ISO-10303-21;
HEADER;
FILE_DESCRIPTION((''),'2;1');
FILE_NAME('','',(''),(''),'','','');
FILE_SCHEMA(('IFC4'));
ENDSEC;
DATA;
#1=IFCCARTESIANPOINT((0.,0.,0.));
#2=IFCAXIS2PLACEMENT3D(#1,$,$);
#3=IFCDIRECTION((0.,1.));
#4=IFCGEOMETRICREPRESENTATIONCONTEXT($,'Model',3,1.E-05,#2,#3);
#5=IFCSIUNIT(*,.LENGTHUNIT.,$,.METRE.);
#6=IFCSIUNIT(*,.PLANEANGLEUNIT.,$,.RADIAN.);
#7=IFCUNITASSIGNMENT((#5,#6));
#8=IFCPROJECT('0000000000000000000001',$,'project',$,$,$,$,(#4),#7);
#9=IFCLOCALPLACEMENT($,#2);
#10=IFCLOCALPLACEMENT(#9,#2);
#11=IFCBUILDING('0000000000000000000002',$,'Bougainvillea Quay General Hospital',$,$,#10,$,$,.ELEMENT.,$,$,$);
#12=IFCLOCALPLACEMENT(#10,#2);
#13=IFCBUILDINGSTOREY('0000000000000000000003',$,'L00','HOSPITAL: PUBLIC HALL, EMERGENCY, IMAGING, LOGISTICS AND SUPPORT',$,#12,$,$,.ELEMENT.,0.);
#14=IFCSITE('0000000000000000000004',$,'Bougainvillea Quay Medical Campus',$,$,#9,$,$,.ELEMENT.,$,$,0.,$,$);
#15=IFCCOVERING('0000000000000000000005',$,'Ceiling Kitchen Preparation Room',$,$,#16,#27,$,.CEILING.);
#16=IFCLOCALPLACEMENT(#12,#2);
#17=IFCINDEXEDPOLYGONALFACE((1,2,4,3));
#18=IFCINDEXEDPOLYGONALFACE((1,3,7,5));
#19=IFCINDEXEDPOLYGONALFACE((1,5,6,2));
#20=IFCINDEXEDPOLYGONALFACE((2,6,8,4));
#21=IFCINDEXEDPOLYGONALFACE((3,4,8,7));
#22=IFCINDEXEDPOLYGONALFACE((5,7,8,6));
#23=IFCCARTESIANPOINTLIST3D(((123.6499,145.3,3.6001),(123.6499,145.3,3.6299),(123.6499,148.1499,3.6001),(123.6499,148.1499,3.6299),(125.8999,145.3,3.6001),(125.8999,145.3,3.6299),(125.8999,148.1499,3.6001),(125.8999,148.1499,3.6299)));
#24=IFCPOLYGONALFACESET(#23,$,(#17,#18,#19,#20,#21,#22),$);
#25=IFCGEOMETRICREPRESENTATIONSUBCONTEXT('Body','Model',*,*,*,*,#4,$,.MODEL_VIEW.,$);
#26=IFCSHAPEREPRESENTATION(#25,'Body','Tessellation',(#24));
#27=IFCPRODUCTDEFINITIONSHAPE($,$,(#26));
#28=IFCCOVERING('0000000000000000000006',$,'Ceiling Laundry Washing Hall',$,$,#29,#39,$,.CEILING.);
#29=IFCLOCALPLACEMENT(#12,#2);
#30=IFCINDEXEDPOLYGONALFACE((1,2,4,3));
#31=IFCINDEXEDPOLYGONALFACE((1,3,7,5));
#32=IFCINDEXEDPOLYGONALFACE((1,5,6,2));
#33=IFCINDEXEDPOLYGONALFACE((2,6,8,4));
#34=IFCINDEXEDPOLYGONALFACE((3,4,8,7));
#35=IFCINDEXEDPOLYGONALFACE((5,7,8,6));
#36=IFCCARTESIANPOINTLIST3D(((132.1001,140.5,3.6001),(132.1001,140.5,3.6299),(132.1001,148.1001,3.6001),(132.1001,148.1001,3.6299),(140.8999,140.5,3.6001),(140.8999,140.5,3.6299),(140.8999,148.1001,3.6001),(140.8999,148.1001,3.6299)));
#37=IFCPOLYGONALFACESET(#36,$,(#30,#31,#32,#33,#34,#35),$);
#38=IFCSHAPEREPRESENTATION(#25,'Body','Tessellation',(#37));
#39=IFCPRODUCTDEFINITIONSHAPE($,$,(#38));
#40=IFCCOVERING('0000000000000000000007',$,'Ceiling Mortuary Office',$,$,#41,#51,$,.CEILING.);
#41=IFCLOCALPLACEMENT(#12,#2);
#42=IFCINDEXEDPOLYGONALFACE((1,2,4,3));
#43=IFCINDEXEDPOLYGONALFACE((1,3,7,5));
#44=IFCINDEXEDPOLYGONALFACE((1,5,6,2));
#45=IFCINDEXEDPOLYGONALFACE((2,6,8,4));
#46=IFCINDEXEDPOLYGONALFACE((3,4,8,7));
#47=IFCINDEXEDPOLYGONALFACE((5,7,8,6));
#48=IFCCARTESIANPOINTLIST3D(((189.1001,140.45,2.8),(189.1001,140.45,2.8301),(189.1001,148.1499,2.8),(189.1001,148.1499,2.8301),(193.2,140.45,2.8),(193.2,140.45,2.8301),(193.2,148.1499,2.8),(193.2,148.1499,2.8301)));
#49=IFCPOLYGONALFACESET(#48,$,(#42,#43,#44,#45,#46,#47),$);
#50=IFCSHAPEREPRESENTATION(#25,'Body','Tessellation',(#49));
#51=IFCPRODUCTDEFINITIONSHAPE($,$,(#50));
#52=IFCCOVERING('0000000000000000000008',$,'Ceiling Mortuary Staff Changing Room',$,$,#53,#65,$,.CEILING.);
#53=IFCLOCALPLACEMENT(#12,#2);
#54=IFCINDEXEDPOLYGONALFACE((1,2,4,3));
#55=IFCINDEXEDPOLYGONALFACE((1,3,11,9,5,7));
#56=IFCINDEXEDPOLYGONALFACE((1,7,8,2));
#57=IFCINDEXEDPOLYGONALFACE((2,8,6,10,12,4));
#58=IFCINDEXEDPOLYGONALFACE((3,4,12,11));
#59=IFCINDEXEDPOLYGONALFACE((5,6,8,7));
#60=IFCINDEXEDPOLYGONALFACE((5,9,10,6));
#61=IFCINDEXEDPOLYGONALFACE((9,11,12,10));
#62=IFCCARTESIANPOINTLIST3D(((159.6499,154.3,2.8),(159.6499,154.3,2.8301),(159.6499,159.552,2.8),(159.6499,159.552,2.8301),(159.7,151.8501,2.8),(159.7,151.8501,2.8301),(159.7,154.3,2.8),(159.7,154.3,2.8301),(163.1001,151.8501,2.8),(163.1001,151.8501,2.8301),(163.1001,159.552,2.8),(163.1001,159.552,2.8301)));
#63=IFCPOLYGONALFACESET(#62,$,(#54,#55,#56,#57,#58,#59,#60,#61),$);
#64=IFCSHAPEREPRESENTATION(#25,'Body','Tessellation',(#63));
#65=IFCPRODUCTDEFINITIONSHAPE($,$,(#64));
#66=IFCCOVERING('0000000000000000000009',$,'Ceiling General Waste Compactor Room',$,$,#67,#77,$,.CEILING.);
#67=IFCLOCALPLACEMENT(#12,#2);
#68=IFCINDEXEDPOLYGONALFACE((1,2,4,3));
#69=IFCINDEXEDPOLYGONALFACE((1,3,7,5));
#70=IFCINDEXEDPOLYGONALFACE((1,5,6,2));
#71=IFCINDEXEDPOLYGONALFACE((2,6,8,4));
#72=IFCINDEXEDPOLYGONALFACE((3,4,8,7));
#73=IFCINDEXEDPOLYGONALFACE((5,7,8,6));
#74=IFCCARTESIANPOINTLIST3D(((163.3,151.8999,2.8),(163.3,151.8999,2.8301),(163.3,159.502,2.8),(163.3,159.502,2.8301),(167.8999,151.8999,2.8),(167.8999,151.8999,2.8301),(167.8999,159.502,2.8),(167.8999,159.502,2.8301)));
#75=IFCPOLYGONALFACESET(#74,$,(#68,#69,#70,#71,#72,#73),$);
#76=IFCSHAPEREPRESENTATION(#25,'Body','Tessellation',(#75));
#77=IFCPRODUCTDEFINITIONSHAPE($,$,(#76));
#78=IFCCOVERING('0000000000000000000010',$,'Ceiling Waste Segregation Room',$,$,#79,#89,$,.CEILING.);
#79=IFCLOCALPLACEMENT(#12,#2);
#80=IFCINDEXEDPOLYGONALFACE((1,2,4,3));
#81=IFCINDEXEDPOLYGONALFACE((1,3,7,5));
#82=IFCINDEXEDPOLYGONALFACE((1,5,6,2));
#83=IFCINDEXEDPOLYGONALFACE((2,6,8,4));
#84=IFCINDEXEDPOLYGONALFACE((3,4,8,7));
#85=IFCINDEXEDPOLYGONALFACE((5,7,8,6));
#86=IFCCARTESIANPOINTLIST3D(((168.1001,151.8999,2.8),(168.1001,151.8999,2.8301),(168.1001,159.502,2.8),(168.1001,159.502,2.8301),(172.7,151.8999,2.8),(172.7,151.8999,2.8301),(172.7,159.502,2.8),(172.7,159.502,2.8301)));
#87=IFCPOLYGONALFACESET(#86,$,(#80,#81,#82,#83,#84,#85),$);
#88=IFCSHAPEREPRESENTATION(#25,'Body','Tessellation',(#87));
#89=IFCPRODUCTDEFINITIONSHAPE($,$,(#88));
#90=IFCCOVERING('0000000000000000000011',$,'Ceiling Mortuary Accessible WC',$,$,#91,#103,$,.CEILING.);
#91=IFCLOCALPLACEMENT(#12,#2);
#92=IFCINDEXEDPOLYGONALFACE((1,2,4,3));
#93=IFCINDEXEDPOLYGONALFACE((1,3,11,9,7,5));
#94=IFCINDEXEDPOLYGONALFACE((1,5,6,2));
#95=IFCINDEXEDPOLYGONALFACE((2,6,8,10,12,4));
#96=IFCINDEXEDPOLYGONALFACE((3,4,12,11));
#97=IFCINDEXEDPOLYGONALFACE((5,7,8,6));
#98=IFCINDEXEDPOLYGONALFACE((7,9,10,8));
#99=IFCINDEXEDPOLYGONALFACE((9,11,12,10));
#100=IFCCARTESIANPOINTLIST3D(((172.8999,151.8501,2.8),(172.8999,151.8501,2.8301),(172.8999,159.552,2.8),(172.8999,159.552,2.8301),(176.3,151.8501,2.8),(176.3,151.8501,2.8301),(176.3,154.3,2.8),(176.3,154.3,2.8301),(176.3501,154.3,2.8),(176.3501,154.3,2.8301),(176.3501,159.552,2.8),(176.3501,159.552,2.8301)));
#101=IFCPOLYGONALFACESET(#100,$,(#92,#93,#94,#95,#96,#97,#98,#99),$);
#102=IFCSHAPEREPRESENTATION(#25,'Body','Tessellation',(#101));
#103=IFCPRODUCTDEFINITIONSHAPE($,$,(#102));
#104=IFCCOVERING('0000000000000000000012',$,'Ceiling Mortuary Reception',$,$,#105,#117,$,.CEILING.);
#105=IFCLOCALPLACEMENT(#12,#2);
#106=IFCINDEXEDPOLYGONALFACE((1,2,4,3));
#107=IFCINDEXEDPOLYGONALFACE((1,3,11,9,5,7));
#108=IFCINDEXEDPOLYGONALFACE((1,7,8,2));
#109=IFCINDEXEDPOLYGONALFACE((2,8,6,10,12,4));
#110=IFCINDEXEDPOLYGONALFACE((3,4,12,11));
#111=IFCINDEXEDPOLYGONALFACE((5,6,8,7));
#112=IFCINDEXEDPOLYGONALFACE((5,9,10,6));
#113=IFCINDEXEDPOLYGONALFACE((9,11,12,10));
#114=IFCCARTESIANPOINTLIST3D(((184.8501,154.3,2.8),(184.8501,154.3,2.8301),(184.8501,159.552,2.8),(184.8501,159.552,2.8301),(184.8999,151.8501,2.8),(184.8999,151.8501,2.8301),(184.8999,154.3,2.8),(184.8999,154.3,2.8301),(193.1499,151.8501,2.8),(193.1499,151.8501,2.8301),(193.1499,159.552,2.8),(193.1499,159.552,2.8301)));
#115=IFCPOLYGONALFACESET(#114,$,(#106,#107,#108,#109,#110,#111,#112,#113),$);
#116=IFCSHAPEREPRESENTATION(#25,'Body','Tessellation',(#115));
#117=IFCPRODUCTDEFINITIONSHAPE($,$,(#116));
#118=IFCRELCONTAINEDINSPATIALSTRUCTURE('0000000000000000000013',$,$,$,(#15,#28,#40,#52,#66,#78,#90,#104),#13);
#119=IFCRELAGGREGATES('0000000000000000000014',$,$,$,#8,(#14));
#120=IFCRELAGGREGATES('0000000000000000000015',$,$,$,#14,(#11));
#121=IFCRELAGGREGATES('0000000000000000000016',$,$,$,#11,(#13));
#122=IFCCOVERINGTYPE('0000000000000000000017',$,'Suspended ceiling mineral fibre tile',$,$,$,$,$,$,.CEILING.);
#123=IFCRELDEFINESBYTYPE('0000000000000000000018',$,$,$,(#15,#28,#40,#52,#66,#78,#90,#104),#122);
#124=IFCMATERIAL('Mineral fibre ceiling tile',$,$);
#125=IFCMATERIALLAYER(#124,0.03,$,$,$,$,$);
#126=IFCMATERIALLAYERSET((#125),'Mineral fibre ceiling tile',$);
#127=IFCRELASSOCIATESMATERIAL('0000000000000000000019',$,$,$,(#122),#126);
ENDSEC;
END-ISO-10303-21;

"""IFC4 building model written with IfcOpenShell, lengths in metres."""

from ifc_helpers import new_model, si_unit, direction, frame, origin, place, context, subcontext, project, spatial, polyline, outline, extrude, material, layer, layer_set, type_object, element, save


model = new_model("IFC4")

# Units and contexts
model_context = context("Model", 3, precision=1e-05, world=origin(), true_north=direction((0.0, 1.0)))
body_context = subcontext(model_context, "Body", "Model", "MODEL_VIEW")
ifc_project = project(units=[si_unit("LENGTHUNIT", "METRE"), si_unit("PLANEANGLEUNIT", "RADIAN")], contexts=[model_context])

# Site, building, storey
site_placement = place(None, origin())
site = spatial("IfcSite", under=ifc_project, at=site_placement, Name="Bougainvillea Quay Medical Campus", CompositionType="ELEMENT", RefElevation=0.0)
building_placement = place(site_placement, origin())
building = spatial("IfcBuilding", under=site, at=building_placement, Name="Bougainvillea Quay General Hospital", CompositionType="ELEMENT")
storey_placement = place(building_placement, origin())
storey = spatial("IfcBuildingStorey", under=building, at=storey_placement, Name="L00", Description="HOSPITAL: PUBLIC HALL, EMERGENCY, IMAGING, LOGISTICS AND SUPPORT", CompositionType="ELEMENT", Elevation=0.0)

# Coverings
ifc_material = material(Name="Mineral fibre ceiling tile")
ifc_layer = layer(ifc_material, 0.03)
ifc_layer_set = layer_set([ifc_layer], Name="Mineral fibre ceiling tile")
covering_type = type_object("IfcCoveringType", Name="Suspended ceiling mineral fibre tile", PredefinedType="CEILING", material=ifc_layer_set)
covering_1_placement = place(storey_placement, frame((0.0, 0.0, 3.6001)))
element("IfcCovering", 1, at=covering_1_placement, inside=storey, type_object=covering_type, Name="Ceiling Kitchen Preparation Room", PredefinedType="CEILING", context=body_context, shape_type="SweptSolid", body=[
    extrude(outline(polyline([(123.6499, 148.1499), (123.6499, 145.3), (125.8999, 145.3), (125.8999, 148.1499), (123.6499, 148.1499)])), origin(), (0.0, 0.0, 1.0), 0.0298),
])
covering_2_placement = place(storey_placement, frame((0.0, 0.0, 3.6001)))
element("IfcCovering", 2, at=covering_2_placement, inside=storey, type_object=covering_type, Name="Ceiling Laundry Washing Hall", PredefinedType="CEILING", context=body_context, shape_type="SweptSolid", body=[
    extrude(outline(polyline([(132.1001, 140.5), (140.8999, 140.5), (140.8999, 148.1001), (132.1001, 148.1001), (132.1001, 140.5)])), origin(), (0.0, 0.0, 1.0), 0.0298),
])
covering_3_placement = place(storey_placement, frame((0.0, 0.0, 2.8)))
element("IfcCovering", 3, at=covering_3_placement, inside=storey, type_object=covering_type, Name="Ceiling Mortuary Office", PredefinedType="CEILING", context=body_context, shape_type="SweptSolid", body=[
    extrude(outline(polyline([(193.2, 148.1499), (189.1001, 148.1499), (189.1001, 140.45), (193.2, 140.45), (193.2, 148.1499)])), origin(), (0.0, 0.0, 1.0), 0.03),
])
covering_4_placement = place(storey_placement, frame((0.0, 0.0, 2.8)))
element("IfcCovering", 4, at=covering_4_placement, inside=storey, type_object=covering_type, Name="Ceiling Mortuary Staff Changing Room", PredefinedType="CEILING", context=body_context, shape_type="SweptSolid", body=[
    extrude(outline(polyline([(159.7, 154.3), (159.7, 151.8501), (163.1001, 151.8501), (163.1001, 159.552), (159.6499, 159.552), (159.6499, 154.3), (159.7, 154.3)])), origin(), (0.0, 0.0, 1.0), 0.03),
])
covering_5_placement = place(storey_placement, frame((0.0, 0.0, 2.8)))
element("IfcCovering", 5, at=covering_5_placement, inside=storey, type_object=covering_type, Name="Ceiling General Waste Compactor Room", PredefinedType="CEILING", context=body_context, shape_type="SweptSolid", body=[
    extrude(outline(polyline([(167.8999, 151.8999), (167.8999, 159.502), (163.3, 159.502), (163.3, 151.8999), (167.8999, 151.8999)])), origin(), (0.0, 0.0, 1.0), 0.03),
])
covering_6_placement = place(storey_placement, frame((0.0, 0.0, 2.8)))
element("IfcCovering", 6, at=covering_6_placement, inside=storey, type_object=covering_type, Name="Ceiling Waste Segregation Room", PredefinedType="CEILING", context=body_context, shape_type="SweptSolid", body=[
    extrude(outline(polyline([(172.7, 151.8999), (172.7, 159.502), (168.1001, 159.502), (168.1001, 151.8999), (172.7, 151.8999)])), origin(), (0.0, 0.0, 1.0), 0.03),
])
covering_7_placement = place(storey_placement, frame((0.0, 0.0, 2.8)))
element("IfcCovering", 7, at=covering_7_placement, inside=storey, type_object=covering_type, Name="Ceiling Mortuary Accessible WC", PredefinedType="CEILING", context=body_context, shape_type="SweptSolid", body=[
    extrude(outline(polyline([(176.3501, 154.3), (176.3501, 159.552), (172.8999, 159.552), (172.8999, 151.8501), (176.3, 151.8501), (176.3, 154.3), (176.3501, 154.3)])), origin(), (0.0, 0.0, 1.0), 0.03),
])
covering_8_placement = place(storey_placement, frame((0.0, 0.0, 2.8)))
element("IfcCovering", 8, at=covering_8_placement, inside=storey, type_object=covering_type, Name="Ceiling Mortuary Reception", PredefinedType="CEILING", context=body_context, shape_type="SweptSolid", body=[
    extrude(outline(polyline([(193.1499, 151.8501), (193.1499, 159.552), (184.8501, 159.552), (184.8501, 154.3), (184.8999, 154.3), (184.8999, 151.8501), (193.1499, 151.8501)])), origin(), (0.0, 0.0, 1.0), 0.03),
])

save(model, "model.ifc")
